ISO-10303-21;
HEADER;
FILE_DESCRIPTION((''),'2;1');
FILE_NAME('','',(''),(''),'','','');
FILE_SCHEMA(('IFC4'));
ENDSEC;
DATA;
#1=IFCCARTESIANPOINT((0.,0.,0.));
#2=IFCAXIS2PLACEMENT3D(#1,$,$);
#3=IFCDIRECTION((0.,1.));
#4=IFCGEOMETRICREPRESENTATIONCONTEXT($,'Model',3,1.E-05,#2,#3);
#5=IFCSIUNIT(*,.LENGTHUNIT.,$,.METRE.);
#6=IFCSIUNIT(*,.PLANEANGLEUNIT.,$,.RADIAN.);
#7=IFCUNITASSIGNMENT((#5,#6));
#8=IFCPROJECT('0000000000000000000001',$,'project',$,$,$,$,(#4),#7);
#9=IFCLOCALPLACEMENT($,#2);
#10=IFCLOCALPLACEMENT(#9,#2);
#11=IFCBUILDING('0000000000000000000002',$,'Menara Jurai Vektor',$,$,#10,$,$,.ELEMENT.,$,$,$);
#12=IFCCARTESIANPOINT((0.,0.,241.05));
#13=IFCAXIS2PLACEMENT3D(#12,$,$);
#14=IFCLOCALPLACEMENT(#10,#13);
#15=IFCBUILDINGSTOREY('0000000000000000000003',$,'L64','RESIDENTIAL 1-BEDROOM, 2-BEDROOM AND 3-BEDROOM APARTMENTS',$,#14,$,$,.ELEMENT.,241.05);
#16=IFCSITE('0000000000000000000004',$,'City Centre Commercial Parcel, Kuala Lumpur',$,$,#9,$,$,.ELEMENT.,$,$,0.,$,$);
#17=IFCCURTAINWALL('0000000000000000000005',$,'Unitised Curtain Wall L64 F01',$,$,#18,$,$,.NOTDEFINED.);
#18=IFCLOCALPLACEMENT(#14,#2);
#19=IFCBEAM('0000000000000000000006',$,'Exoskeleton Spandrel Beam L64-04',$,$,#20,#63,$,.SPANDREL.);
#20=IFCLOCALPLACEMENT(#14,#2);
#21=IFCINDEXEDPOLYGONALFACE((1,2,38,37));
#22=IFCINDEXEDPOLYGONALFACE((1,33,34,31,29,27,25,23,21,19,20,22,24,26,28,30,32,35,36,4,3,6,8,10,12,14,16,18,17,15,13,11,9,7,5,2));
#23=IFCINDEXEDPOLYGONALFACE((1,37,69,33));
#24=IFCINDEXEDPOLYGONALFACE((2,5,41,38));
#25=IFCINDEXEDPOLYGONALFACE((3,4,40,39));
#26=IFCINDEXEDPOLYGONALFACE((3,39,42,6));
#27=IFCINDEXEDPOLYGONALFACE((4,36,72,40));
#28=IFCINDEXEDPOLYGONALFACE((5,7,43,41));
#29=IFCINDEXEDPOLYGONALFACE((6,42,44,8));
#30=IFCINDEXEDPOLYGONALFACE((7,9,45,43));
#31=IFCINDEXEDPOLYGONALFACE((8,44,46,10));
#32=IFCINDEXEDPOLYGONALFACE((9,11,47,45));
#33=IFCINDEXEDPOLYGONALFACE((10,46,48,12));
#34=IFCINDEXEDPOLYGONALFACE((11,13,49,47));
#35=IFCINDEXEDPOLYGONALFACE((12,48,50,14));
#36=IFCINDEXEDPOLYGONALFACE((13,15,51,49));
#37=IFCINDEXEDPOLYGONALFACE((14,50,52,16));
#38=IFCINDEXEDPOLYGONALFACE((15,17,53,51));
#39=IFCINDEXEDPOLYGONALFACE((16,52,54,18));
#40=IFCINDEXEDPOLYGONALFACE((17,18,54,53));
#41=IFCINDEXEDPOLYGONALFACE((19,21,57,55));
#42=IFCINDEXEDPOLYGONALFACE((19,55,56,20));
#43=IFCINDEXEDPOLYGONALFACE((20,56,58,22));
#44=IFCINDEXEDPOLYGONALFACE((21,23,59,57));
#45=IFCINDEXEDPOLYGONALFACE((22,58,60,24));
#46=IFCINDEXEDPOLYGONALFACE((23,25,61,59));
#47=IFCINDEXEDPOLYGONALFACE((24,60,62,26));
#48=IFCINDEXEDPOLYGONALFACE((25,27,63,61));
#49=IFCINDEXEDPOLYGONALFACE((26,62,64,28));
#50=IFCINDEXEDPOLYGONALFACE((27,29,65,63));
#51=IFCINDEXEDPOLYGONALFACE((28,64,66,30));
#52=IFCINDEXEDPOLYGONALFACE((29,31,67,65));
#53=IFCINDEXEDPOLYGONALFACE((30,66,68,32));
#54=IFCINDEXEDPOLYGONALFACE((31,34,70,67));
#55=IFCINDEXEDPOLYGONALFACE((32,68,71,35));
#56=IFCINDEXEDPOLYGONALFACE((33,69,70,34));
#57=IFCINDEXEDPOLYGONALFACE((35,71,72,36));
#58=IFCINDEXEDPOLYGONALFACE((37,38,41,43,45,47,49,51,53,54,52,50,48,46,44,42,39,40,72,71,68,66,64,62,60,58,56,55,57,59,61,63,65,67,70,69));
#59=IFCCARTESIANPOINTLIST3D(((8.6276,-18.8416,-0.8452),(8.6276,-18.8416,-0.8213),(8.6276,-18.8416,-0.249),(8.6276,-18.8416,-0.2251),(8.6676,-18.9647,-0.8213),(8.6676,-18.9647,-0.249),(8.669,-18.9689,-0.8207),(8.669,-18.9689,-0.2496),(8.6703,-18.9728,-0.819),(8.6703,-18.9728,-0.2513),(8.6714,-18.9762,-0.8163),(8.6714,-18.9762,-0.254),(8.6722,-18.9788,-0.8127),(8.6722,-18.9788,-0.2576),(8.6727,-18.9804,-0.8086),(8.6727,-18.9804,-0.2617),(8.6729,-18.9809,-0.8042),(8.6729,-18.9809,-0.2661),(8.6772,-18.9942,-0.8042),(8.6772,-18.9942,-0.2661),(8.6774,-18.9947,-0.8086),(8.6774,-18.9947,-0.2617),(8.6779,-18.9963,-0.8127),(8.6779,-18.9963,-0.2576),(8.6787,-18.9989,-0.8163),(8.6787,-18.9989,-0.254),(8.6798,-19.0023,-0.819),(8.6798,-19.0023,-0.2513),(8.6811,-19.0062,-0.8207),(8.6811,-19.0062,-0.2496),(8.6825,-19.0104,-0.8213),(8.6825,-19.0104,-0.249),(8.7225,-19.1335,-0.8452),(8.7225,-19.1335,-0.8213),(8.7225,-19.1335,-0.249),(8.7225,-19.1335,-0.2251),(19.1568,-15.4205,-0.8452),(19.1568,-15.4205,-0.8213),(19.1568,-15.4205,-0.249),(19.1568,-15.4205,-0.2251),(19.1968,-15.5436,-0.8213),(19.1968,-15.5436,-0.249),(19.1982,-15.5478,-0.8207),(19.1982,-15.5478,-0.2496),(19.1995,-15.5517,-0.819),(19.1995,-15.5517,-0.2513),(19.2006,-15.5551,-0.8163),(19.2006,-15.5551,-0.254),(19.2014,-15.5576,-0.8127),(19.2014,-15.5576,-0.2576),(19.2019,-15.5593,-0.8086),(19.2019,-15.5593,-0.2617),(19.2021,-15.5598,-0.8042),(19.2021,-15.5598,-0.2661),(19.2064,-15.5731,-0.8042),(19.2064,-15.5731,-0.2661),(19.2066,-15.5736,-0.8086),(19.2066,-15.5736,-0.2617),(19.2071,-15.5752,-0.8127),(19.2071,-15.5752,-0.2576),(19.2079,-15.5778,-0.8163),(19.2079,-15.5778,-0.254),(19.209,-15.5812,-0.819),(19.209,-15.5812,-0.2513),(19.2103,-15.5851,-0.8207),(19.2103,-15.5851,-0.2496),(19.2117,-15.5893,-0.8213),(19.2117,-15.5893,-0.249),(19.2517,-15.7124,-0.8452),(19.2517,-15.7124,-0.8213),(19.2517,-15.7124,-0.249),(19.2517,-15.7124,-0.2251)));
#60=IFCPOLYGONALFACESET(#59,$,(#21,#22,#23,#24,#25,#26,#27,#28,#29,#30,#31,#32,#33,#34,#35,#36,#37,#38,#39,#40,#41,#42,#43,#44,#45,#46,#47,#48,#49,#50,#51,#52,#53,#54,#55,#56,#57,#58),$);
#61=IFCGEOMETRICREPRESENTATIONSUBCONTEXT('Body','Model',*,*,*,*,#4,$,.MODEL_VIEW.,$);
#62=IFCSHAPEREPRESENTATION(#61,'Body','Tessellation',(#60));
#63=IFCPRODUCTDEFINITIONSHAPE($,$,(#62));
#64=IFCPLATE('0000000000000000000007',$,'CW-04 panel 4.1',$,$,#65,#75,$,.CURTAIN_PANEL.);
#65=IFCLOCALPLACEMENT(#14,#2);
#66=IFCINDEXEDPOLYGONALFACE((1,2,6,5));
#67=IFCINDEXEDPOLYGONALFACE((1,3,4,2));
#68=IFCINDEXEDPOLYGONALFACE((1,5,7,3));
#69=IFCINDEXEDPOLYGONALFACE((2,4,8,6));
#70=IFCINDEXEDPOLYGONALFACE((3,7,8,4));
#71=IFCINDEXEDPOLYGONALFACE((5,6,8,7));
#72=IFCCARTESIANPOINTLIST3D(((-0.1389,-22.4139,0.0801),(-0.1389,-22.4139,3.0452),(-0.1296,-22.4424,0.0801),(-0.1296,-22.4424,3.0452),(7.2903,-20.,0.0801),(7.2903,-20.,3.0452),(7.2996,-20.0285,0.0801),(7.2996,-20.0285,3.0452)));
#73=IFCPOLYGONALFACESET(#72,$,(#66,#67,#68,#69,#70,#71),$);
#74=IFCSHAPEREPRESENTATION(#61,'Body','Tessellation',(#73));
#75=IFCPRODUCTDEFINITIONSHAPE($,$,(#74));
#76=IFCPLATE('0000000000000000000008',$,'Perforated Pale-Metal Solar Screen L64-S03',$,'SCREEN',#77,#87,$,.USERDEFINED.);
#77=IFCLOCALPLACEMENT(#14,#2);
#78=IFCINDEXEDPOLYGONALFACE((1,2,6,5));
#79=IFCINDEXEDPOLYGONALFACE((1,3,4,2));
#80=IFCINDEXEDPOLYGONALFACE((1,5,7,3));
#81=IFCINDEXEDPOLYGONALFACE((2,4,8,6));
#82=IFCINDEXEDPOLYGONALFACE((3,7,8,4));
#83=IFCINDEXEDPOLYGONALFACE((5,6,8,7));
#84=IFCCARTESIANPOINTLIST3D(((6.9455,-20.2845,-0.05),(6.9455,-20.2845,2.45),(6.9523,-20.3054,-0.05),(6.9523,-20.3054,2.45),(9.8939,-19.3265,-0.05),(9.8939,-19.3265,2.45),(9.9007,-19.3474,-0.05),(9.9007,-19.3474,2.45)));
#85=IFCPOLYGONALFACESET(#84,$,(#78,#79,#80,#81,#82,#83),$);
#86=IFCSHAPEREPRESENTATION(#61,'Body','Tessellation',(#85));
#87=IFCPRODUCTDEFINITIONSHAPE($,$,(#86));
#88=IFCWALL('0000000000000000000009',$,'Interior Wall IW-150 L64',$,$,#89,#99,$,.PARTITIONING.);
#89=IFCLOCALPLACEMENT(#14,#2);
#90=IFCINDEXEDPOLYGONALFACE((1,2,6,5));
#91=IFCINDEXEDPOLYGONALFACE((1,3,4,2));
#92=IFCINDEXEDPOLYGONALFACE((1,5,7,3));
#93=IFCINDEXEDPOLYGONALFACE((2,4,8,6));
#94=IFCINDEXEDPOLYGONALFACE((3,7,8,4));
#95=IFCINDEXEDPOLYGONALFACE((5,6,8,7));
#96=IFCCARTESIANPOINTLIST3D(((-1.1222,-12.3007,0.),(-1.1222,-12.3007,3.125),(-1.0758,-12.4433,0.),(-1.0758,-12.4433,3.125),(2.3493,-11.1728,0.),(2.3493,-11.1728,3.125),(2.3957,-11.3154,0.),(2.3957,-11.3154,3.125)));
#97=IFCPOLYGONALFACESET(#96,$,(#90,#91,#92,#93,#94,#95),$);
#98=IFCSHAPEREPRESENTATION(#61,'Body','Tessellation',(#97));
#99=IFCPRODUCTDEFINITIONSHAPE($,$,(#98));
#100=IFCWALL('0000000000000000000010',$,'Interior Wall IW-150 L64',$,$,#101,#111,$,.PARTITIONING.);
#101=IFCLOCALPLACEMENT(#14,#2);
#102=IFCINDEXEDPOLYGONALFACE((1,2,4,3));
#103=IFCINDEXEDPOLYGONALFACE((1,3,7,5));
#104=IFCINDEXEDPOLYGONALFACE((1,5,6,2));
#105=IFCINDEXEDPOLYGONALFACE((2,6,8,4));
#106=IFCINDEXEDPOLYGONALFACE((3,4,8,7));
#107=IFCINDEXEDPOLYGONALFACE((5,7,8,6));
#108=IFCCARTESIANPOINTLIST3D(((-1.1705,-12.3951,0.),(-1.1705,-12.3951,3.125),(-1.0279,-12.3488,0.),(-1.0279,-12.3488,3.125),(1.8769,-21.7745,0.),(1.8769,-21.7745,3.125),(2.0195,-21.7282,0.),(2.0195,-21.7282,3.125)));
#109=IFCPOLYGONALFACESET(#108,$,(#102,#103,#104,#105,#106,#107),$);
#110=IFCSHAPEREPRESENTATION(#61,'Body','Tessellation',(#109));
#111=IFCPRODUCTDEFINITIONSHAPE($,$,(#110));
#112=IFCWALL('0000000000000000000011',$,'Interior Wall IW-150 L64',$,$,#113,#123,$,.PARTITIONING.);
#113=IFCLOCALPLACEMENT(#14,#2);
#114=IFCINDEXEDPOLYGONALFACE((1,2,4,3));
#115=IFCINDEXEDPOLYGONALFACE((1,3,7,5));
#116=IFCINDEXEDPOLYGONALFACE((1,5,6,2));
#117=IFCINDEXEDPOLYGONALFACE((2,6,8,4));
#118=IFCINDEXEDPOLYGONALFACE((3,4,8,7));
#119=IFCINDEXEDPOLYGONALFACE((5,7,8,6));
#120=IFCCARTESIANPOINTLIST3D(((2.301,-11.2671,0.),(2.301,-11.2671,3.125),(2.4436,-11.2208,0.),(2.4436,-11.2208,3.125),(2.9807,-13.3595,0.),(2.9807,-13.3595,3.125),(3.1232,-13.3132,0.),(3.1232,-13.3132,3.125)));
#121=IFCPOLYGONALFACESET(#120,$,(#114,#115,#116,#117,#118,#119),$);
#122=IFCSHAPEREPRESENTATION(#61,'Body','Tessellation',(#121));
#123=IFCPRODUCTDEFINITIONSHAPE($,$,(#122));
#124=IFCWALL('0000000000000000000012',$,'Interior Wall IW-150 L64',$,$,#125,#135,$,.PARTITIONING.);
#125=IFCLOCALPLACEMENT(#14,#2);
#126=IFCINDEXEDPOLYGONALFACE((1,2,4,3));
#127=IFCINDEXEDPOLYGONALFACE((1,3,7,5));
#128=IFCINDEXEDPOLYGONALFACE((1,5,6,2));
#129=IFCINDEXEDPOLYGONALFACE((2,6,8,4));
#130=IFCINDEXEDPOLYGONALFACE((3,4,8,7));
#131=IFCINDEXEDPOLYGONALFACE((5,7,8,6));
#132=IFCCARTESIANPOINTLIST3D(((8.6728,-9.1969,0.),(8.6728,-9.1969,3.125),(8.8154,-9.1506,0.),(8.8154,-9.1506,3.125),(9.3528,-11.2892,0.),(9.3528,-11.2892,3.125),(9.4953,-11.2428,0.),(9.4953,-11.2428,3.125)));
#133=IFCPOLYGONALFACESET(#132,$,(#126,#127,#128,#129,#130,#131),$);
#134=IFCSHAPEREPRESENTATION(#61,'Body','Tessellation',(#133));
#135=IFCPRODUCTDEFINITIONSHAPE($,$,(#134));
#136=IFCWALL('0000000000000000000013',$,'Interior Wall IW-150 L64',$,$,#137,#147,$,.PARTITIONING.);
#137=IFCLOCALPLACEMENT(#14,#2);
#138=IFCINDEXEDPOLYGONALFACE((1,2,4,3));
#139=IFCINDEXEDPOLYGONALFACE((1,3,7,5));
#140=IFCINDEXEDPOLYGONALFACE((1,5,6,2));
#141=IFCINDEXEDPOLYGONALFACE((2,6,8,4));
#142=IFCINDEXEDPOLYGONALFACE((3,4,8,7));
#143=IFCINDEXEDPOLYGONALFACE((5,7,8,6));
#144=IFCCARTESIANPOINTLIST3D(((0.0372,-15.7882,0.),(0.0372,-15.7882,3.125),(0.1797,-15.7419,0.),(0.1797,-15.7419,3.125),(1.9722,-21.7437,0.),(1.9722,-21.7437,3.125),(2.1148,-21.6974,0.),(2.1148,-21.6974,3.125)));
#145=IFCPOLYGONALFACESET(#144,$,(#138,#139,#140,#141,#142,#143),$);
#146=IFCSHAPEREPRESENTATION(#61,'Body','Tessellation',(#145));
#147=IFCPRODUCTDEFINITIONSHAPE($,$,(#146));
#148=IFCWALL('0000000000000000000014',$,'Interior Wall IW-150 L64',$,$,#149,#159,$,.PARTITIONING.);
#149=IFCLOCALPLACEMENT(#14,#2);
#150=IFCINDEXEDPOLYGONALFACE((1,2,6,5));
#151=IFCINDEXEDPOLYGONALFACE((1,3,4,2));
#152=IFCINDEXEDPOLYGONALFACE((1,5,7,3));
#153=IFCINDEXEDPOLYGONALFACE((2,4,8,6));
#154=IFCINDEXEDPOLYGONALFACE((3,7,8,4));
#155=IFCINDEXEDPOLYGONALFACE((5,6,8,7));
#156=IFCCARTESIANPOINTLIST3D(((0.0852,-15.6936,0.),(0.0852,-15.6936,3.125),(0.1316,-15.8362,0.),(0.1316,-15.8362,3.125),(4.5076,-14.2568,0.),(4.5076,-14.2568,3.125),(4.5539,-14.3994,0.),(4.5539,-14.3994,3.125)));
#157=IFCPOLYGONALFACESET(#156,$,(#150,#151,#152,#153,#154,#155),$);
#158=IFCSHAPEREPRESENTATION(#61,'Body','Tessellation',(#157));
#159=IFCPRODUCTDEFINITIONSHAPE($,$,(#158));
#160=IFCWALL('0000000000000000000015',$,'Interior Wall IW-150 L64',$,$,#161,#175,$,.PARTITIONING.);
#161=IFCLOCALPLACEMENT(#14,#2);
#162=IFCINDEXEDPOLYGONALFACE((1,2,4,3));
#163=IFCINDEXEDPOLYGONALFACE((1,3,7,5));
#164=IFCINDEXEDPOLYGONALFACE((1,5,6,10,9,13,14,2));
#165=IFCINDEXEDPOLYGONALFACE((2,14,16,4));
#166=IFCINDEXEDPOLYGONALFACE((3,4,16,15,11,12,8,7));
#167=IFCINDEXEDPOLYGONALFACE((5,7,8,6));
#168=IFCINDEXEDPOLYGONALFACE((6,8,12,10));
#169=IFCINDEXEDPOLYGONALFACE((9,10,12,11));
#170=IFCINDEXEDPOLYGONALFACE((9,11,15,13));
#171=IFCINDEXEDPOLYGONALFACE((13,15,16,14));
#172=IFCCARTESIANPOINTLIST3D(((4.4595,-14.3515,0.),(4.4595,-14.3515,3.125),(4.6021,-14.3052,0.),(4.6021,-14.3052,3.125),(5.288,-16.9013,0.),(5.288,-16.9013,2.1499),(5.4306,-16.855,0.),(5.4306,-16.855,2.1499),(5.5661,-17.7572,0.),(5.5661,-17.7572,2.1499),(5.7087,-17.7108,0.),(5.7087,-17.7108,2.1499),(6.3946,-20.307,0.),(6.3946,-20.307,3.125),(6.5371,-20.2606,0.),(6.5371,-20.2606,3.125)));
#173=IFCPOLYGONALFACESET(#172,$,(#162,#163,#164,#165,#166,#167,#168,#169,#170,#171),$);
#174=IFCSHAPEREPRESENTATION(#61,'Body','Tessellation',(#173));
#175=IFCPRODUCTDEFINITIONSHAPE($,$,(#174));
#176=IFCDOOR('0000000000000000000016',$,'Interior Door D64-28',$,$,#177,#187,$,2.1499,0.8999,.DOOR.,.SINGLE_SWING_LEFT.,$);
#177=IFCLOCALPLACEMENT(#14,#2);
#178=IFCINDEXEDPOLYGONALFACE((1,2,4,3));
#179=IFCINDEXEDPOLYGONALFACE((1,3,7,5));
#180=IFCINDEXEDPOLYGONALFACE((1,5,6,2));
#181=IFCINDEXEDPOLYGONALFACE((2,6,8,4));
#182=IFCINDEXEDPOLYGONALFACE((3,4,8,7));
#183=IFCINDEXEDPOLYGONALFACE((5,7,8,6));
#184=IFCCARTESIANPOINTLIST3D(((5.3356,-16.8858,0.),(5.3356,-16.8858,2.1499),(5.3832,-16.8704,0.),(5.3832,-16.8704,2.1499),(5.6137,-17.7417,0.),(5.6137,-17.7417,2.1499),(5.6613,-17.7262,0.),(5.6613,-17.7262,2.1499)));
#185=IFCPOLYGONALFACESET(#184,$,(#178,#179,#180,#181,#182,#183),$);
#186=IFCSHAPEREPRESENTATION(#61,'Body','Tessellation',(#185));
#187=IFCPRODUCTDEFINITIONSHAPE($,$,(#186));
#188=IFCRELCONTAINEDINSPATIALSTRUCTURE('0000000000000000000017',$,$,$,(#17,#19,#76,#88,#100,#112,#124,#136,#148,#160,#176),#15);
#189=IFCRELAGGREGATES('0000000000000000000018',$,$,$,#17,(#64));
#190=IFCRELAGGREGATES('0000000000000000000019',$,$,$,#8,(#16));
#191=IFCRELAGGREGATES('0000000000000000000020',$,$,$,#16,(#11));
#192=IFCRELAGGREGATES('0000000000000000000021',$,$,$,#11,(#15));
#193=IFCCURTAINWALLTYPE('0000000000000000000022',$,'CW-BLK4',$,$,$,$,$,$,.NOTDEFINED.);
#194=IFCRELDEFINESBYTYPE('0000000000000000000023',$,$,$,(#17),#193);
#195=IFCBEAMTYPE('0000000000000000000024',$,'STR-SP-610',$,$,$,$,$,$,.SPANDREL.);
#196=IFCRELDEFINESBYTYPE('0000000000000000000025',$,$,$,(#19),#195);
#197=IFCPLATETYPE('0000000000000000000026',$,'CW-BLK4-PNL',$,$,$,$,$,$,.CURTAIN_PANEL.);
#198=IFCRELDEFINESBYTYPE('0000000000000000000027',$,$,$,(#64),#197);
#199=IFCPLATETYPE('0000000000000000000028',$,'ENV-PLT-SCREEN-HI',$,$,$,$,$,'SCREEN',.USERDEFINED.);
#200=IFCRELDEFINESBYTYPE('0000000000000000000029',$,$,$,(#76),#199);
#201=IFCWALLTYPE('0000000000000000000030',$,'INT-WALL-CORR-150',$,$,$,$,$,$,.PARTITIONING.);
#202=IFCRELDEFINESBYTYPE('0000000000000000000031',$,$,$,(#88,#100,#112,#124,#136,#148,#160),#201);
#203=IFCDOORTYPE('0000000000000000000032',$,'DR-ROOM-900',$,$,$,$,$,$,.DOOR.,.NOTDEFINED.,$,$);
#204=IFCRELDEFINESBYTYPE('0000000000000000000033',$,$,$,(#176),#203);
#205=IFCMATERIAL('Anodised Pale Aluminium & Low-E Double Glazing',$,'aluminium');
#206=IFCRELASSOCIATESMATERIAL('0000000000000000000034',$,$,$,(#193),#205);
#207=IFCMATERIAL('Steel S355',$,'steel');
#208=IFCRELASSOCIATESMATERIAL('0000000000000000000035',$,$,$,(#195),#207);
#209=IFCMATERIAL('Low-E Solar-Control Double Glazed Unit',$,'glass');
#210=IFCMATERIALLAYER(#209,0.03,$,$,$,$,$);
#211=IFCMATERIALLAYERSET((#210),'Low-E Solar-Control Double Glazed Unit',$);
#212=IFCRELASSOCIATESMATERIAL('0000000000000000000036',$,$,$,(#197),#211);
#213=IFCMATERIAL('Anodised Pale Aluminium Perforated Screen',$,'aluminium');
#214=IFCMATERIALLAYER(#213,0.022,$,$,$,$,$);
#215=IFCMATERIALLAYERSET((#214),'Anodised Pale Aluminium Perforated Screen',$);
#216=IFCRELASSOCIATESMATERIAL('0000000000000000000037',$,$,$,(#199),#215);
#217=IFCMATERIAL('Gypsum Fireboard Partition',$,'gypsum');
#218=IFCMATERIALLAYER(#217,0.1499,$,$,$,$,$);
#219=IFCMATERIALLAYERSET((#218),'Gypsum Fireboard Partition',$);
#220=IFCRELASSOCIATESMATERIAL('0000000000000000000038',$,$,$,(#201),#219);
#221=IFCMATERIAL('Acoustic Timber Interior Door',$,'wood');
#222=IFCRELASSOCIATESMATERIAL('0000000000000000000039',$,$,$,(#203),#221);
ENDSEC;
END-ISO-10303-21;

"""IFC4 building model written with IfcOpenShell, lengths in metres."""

from ifc_helpers import new_model, si_unit, direction, frame, frame_2d, origin, origin_2d, place, context, subcontext, project, spatial, rectangle, i_section, extrude, material, layer, layer_set, material_profile, profile_set, type_object, element, fill, aggregate, save


model = new_model("IFC4")

# Units and contexts
model_context = context("Model", 3, precision=1e-05, world=origin(), true_north=direction((0.0, 1.0)))
body_context = subcontext(model_context, "Body", "Model", "MODEL_VIEW")
ifc_project = project(units=[si_unit("LENGTHUNIT", "METRE"), si_unit("PLANEANGLEUNIT", "RADIAN")], contexts=[model_context])

# Site, building, storey
site_placement = place(None, origin())
site = spatial("IfcSite", under=ifc_project, at=site_placement, Name="City Centre Commercial Parcel, Kuala Lumpur", CompositionType="ELEMENT", RefElevation=0.0)
building_placement = place(site_placement, origin())
building = spatial("IfcBuilding", under=site, at=building_placement, Name="Menara Jurai Vektor", CompositionType="ELEMENT")
storey_placement = place(building_placement, frame((0.0, 0.0, 241.05)))
storey = spatial("IfcBuildingStorey", under=building, at=storey_placement, Name="L64", Description="RESIDENTIAL 1-BEDROOM, 2-BEDROOM AND 3-BEDROOM APARTMENTS", CompositionType="ELEMENT", Elevation=241.05)

# Curtain wall
ifc_material_1 = material(Name="Anodised Pale Aluminium & Low-E Double Glazing", Category="aluminium")
curtain_wall_type = type_object("IfcCurtainWallType", Name="CW-BLK4", PredefinedType="NOTDEFINED", material=ifc_material_1)
curtain_wall_placement = place(storey_placement, origin())
curtain_wall = element("IfcCurtainWall", 1, at=curtain_wall_placement, inside=storey, type_object=curtain_wall_type, Name="Unitised Curtain Wall L64 F01", PredefinedType="NOTDEFINED")

# Beam
ifc_material_2 = material(Name="Steel S355", Category="steel")
ifc_material_profile_1 = material_profile(ifc_material_2, i_section(OverallWidth=0.3069, OverallDepth=0.6201, WebThickness=0.0139, FlangeThickness=0.0239, FilletRadius=0.0171, at=origin_2d()), Name="UKB 610x305x179")
ifc_profile_set_1 = profile_set([ifc_material_profile_1], Name="Steel S355")
beam_type_1 = type_object("IfcBeamType", Name="STR-SP-610", PredefinedType="SPANDREL", material=ifc_profile_set_1)
for number, where, z_axis, x_axis, name in (
    (2, (8.675, -18.9875, -0.5352), (0.951057, 0.309014, 0.0), (-0.309014, 0.951057, 0.0), "Exoskeleton Spandrel Beam L64-04"),
):
    element("IfcBeam", number, at=place(storey_placement, frame(where, z_axis=z_axis, x_axis=x_axis)), inside=storey, type_object=beam_type_1, Name=name, PredefinedType="SPANDREL", context=body_context, shape_type="SweptSolid", body=[
        extrude(i_section(OverallWidth=0.3069, OverallDepth=0.6201, WebThickness=0.0139, FlangeThickness=0.0239, FilletRadius=0.0171, at=origin_2d()), origin(), (0.0, 0.0, 1.0), 11.071),
    ])

# Plates
ifc_material_3 = material(Name="Low-E Solar-Control Double Glazed Unit", Category="glass")
ifc_layer_1 = layer(ifc_material_3, 0.03)
ifc_layer_set_1 = layer_set([ifc_layer_1], Name="Low-E Solar-Control Double Glazed Unit")
plate_type_1 = type_object("IfcPlateType", Name="CW-BLK4-PNL", PredefinedType="CURTAIN_PANEL", material=ifc_layer_set_1)
plate_1_placement = place(storey_placement, frame((3.5803, -21.2212, 0.0801), z_axis=(0.0, 0.0, 1.0), x_axis=(0.951056, 0.309017, 0.0)))
plate_1 = element("IfcPlate", 3, at=plate_1_placement, type_object=plate_type_1, Name="CW-04 panel 4.1", PredefinedType="CURTAIN_PANEL", context=body_context, shape_type="SweptSolid", body=[
    extrude(rectangle(XDim=7.8115, YDim=0.03, at=origin_2d()), origin(), (0.0, 0.0, 1.0), 2.9651),
])
aggregate(curtain_wall, [plate_1])
ifc_material_4 = material(Name="Anodised Pale Aluminium Perforated Screen", Category="aluminium")
ifc_layer_2 = layer(ifc_material_4, 0.022)
ifc_layer_set_2 = layer_set([ifc_layer_2], Name="Anodised Pale Aluminium Perforated Screen")
plate_type_2 = type_object("IfcPlateType", Name="ENV-PLT-SCREEN-HI", ElementType="SCREEN", PredefinedType="USERDEFINED", material=ifc_layer_set_2)
plate_2_placement = place(storey_placement, frame((8.4231, -19.8159, -0.05), z_axis=(0.0, 0.0, 1.0), x_axis=(0.951057, 0.309017, 0.0)))
element("IfcPlate", 4, at=plate_2_placement, inside=storey, type_object=plate_type_2, Name="Perforated Pale-Metal Solar Screen L64-S03", ObjectType="SCREEN", PredefinedType="USERDEFINED", context=body_context, shape_type="SweptSolid", body=[
    extrude(rectangle(XDim=3.1001, YDim=0.022, at=origin_2d()), origin(), (0.0, 0.0, 1.0), 2.5),
])

# Walls
ifc_material_5 = material(Name="Gypsum Fireboard Partition", Category="gypsum")
ifc_layer_3 = layer(ifc_material_5, 0.1499)
ifc_layer_set_3 = layer_set([ifc_layer_3], Name="Gypsum Fireboard Partition")
wall_type_1 = type_object("IfcWallType", Name="INT-WALL-CORR-150", PredefinedType="PARTITIONING", material=ifc_layer_set_3)
wall_1_placement = place(storey_placement, frame((-1.0991, -12.3721, 0.0), z_axis=(0.0, 0.0, 1.0), x_axis=(0.951057, 0.309015, 0.0)))
element("IfcWall", 5, at=wall_1_placement, inside=storey, type_object=wall_type_1, Name="Interior Wall IW-150 L64", PredefinedType="PARTITIONING", context=body_context, shape_type="SweptSolid", body=[
    extrude(rectangle(XDim=3.6501, YDim=0.1499, at=frame_2d((1.8252, 0.0))), origin(), (0.0, 0.0, 1.0), 3.125),
])
wall_2_placement = place(storey_placement, frame((1.9482, -21.7515, 0.0), z_axis=(0.0, 0.0, 1.0), x_axis=(-0.309, 0.951062, 0.0)))
element("IfcWall", 6, at=wall_2_placement, inside=storey, type_object=wall_type_1, Name="Interior Wall IW-150 L64", PredefinedType="PARTITIONING", context=body_context, shape_type="SweptSolid", body=[
    extrude(rectangle(XDim=9.8621, YDim=0.1499, at=frame_2d((4.9312, 0.0))), origin(), (0.0, 0.0, 1.0), 3.125),
])
wall_3_placement = place(storey_placement, frame((3.052, -13.3364, 0.0), z_axis=(0.0, 0.0, 1.0), x_axis=(-0.308961, 0.951075, 0.0)))
element("IfcWall", 7, at=wall_3_placement, inside=storey, type_object=wall_type_1, Name="Interior Wall IW-150 L64", PredefinedType="PARTITIONING", context=body_context, shape_type="SweptSolid", body=[
    extrude(rectangle(XDim=2.2, YDim=0.1499, at=frame_2d((1.1001, 0.0))), origin(), (0.0, 0.0, 1.0), 3.125),
])

# Shared definitions
ifc_material_6 = material(Name="Acoustic Timber Interior Door", Category="wood")
door_type_1 = type_object("IfcDoorType", Name="DR-ROOM-900", OperationType="NOTDEFINED", PredefinedType="DOOR", material=ifc_material_6)

# Walls
wall_4_placement = place(storey_placement, frame((9.4241, -11.2661, 0.0), z_axis=(0.0, 0.0, 1.0), x_axis=(-0.309061, 0.951042, 0.0)))
element("IfcWall", 8, at=wall_4_placement, inside=storey, type_object=wall_type_1, Name="Interior Wall IW-150 L64", PredefinedType="PARTITIONING", context=body_context, shape_type="SweptSolid", body=[
    extrude(rectangle(XDim=2.2, YDim=0.1499, at=frame_2d((1.1001, 0.0))), origin(), (0.0, 0.0, 1.0), 3.125),
])
wall_5_placement = place(storey_placement, frame((2.0435, -21.7205, 0.0), z_axis=(0.0, 0.0, 1.0), x_axis=(-0.309014, 0.951058, 0.0)))
element("IfcWall", 9, at=wall_5_placement, inside=storey, type_object=wall_type_1, Name="Interior Wall IW-150 L64", PredefinedType="PARTITIONING", context=body_context, shape_type="SweptSolid", body=[
    extrude(rectangle(XDim=6.262, YDim=0.1499, at=frame_2d((3.1309, 0.0))), origin(), (0.0, 0.0, 1.0), 3.125),
])
wall_6_placement = place(storey_placement, frame((0.1084, -15.7649, 0.0), z_axis=(0.0, 0.0, 1.0), x_axis=(0.951066, 0.308989, 0.0)))
element("IfcWall", 10, at=wall_6_placement, inside=storey, type_object=wall_type_1, Name="Interior Wall IW-150 L64", PredefinedType="PARTITIONING", context=body_context, shape_type="SweptSolid", body=[
    extrude(rectangle(XDim=4.6499, YDim=0.1499, at=frame_2d((2.325, 0.0))), origin(), (0.0, 0.0, 1.0), 3.125),
])

# Wall, opening, door
wall_7_placement = place(storey_placement, frame((6.4658, -20.2837, 0.0), z_axis=(0.0, 0.0, 1.0), x_axis=(-0.309014, 0.951058, 0.0)))
wall_7 = element("IfcWall", 11, at=wall_7_placement, inside=storey, type_object=wall_type_1, Name="Interior Wall IW-150 L64", PredefinedType="PARTITIONING", context=body_context, shape_type="SweptSolid", body=[
    extrude(rectangle(XDim=6.262, YDim=0.1499, at=frame_2d((3.1309, 0.0))), origin(), (0.0, 0.0, 1.0), 3.125),
])
opening_1_placement = place(wall_7_placement, frame((2.6809, 0.0, 0.0)))
opening_1 = element("IfcOpeningElement", 12, at=opening_1_placement, cuts=wall_7, PredefinedType="OPENING", context=body_context, shape_type="SweptSolid", body=[
    extrude(rectangle(XDim=0.8999, YDim=2.1499, at=frame_2d((0.45, 1.075))), frame((0.0, 0.085, 0.0), z_axis=(0.0, -1.0, 0.0), x_axis=(1.0, 0.0, 0.0)), (0.0, 0.0, 1.0), 0.1699),
])
door_1_placement = place(opening_1_placement, origin())
door_1 = element("IfcDoor", 13, at=door_1_placement, inside=storey, type_object=door_type_1, Name="Interior Door D64-28", OperationType="SINGLE_SWING_LEFT", OverallHeight=2.1499, OverallWidth=0.8999, PredefinedType="DOOR", context=body_context, shape_type="SweptSolid", body=[
    extrude(rectangle(XDim=0.8999, YDim=2.1499, at=frame_2d((0.45, 1.075))), frame((0.0, 0.0249, 0.0), z_axis=(0.0, -1.0, 0.0), x_axis=(1.0, 0.0, 0.0)), (0.0, 0.0, 1.0), 0.05),
])
fill(opening_1, door_1)

save(model, "model.ifc")
